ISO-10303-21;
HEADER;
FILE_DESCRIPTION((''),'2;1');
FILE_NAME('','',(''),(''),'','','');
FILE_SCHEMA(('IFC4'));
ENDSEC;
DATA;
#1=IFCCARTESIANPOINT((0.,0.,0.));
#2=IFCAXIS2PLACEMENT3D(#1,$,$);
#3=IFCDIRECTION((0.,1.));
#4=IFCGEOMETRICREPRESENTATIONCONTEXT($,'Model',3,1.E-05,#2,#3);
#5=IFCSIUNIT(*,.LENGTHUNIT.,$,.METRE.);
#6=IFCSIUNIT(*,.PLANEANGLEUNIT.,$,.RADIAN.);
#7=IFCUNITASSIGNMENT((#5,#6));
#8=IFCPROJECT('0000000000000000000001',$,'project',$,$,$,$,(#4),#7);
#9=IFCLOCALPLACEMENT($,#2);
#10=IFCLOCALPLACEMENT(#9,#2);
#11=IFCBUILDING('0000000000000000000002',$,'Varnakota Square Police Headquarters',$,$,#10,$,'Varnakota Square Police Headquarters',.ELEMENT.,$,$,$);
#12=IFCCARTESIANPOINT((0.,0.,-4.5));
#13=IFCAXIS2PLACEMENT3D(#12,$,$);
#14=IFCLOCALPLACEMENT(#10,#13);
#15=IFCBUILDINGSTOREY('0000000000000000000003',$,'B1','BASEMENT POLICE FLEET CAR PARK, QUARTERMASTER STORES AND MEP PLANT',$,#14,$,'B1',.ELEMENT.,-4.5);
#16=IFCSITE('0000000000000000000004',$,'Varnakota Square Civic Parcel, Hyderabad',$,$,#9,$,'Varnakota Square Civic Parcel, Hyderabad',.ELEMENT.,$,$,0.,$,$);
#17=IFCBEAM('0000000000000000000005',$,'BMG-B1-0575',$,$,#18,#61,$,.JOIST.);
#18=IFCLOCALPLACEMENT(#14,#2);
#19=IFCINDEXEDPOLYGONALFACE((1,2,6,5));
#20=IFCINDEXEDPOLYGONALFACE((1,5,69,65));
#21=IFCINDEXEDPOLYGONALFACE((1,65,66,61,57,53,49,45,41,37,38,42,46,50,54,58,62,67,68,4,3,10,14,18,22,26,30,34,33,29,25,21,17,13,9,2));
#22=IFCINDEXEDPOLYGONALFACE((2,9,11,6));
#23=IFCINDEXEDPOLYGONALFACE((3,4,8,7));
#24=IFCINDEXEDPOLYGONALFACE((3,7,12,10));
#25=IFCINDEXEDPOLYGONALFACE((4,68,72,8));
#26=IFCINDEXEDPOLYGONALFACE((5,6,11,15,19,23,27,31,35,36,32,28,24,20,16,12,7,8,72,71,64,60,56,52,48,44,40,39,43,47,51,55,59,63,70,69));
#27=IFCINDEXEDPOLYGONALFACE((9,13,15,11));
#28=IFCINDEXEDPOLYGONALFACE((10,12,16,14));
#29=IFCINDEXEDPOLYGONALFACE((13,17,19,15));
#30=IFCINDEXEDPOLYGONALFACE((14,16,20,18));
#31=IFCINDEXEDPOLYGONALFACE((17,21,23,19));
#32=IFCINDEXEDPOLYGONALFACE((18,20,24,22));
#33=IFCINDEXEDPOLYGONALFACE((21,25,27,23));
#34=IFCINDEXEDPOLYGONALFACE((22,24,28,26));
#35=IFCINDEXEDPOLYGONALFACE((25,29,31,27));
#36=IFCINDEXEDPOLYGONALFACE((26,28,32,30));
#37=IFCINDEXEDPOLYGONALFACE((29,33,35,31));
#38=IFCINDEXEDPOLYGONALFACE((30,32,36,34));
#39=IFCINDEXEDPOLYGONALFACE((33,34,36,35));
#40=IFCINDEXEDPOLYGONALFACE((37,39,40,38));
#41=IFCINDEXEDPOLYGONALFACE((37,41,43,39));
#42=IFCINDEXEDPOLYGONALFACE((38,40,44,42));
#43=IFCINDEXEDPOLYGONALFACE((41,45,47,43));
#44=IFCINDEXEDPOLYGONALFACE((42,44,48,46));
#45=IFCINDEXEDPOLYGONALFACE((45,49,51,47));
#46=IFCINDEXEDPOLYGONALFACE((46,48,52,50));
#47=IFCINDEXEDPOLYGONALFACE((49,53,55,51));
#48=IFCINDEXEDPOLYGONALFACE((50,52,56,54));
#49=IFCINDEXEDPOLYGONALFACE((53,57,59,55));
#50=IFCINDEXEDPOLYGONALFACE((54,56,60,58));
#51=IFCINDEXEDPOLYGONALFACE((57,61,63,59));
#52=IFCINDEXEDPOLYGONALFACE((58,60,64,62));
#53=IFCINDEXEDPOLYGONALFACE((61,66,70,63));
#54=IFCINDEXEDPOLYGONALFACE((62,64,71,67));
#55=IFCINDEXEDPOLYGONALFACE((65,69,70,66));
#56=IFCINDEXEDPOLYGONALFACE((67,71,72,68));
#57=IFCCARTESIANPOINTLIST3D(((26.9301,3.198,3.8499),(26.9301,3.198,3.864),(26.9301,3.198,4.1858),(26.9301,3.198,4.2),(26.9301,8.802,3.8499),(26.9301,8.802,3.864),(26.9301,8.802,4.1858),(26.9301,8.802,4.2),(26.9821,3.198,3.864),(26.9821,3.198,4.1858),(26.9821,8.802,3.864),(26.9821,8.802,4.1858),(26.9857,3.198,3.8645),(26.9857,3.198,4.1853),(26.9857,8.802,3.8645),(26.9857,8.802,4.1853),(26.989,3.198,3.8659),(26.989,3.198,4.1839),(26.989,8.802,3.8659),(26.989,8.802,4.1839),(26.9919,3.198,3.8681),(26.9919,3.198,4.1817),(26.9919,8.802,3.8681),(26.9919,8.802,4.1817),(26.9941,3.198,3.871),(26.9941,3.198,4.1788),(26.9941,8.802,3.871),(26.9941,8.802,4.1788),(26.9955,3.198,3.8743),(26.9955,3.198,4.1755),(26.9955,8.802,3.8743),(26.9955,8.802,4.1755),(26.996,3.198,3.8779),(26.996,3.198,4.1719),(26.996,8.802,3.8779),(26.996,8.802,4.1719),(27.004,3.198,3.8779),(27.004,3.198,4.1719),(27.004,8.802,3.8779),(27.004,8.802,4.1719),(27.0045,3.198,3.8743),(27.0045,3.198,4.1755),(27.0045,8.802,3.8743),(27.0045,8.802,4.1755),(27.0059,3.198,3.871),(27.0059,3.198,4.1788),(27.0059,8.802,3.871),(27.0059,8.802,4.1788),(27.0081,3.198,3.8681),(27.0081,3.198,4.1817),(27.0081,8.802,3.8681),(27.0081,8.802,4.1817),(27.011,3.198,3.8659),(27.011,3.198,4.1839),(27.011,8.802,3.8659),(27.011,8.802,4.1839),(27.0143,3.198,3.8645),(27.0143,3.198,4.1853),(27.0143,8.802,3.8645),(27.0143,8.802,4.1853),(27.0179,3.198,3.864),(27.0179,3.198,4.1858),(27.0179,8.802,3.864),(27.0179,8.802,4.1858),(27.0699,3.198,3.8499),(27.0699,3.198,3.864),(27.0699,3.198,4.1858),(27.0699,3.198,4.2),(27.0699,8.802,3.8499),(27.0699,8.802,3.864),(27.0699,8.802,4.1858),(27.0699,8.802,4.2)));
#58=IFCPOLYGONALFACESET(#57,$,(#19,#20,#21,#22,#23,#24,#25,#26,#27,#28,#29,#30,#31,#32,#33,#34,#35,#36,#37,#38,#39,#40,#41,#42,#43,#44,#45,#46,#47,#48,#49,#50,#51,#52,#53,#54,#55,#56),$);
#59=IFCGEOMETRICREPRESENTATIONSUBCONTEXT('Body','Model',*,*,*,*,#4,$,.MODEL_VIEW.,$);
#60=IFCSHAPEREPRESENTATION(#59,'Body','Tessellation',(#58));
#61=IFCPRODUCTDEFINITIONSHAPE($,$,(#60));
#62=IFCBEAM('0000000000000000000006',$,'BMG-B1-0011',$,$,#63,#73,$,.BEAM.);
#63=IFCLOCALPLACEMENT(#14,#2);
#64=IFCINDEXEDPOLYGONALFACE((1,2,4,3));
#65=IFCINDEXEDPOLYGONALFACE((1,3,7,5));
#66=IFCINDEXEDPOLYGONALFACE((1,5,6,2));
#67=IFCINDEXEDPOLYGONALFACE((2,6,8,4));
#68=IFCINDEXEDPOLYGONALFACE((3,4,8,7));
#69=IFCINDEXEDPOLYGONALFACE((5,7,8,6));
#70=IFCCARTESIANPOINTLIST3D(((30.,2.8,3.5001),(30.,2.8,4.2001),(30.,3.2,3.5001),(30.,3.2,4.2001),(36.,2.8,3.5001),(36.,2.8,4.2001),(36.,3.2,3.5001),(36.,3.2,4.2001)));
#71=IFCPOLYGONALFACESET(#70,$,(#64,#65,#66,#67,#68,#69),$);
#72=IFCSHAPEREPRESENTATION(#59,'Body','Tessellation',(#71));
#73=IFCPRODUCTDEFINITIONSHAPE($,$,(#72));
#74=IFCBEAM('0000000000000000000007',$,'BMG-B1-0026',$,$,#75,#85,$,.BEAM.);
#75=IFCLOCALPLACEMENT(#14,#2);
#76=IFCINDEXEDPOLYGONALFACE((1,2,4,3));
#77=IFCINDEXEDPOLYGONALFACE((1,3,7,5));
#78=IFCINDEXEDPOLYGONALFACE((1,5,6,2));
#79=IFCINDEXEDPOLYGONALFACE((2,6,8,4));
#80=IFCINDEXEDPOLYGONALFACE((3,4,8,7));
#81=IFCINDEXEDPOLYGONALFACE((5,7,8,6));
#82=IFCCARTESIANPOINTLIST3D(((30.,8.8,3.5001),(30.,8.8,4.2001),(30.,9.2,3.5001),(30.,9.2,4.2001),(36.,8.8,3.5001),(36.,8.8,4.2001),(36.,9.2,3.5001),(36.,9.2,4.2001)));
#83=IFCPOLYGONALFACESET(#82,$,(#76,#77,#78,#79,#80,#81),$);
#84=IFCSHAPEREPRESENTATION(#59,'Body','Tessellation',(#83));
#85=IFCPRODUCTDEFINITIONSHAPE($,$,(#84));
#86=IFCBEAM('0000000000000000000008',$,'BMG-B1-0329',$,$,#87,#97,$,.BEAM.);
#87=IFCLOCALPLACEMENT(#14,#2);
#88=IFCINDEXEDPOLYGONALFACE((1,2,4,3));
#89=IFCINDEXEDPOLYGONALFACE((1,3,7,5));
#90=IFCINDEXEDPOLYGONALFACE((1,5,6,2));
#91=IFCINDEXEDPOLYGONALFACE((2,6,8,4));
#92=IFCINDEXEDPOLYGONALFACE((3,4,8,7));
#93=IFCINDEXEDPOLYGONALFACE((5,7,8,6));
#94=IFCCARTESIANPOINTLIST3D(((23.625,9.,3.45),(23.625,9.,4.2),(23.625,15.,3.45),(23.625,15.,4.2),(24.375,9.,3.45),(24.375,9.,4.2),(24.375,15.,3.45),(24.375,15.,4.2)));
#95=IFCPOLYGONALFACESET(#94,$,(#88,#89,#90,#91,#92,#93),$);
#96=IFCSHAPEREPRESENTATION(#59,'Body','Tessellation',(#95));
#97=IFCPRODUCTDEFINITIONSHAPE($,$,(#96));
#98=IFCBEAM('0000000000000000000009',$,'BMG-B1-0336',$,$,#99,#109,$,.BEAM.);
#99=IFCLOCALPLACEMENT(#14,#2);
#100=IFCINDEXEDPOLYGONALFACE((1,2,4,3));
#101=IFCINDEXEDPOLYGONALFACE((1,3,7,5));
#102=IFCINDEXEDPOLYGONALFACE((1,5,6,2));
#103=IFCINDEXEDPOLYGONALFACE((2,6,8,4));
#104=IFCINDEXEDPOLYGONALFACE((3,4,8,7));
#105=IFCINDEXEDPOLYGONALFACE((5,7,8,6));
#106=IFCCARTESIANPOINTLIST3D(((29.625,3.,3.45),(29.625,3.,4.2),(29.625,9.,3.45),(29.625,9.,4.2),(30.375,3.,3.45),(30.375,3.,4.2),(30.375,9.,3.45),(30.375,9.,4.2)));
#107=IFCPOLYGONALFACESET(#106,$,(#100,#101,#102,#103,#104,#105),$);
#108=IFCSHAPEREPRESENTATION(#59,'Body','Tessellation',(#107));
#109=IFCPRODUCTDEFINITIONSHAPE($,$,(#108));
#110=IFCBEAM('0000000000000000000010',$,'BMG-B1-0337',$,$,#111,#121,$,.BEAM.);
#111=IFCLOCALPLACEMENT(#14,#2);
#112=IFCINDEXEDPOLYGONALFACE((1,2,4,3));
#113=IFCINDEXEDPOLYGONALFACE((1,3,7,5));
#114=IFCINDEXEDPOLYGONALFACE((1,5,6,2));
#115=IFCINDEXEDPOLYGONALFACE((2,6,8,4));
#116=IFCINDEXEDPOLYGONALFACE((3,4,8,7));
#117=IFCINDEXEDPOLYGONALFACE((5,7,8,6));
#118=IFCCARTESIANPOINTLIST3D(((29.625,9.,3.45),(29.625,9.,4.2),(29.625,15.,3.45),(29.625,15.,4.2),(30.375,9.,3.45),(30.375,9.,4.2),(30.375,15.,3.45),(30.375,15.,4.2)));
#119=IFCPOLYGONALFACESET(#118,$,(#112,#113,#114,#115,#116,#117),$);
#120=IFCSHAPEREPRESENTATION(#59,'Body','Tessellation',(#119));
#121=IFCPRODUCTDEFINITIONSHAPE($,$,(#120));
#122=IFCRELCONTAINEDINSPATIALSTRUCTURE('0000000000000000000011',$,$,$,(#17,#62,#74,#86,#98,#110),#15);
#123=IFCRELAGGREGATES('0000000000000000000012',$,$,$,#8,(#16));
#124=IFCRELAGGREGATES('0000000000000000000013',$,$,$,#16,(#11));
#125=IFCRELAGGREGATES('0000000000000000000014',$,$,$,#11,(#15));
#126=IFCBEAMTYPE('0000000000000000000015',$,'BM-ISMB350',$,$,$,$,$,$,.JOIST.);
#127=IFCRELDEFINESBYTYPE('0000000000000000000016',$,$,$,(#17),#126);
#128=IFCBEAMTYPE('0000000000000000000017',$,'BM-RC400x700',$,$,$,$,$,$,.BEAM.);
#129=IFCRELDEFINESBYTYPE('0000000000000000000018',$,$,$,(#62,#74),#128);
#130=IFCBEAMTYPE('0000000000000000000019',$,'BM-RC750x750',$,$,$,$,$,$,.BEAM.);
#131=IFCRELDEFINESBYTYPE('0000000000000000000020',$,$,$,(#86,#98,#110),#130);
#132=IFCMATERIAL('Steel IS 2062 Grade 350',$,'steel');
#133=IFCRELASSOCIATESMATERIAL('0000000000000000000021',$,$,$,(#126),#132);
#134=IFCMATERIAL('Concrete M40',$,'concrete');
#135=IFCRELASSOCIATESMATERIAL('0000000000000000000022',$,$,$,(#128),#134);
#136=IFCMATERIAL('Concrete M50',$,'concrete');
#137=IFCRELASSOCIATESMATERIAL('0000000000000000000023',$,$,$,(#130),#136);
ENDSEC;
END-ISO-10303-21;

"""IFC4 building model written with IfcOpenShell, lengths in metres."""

from ifc_helpers import new_model, si_unit, direction, frame, origin, origin_2d, place, context, subcontext, project, spatial, rectangle, i_section, extrude, material, material_profile, profile_set, type_object, element, save


model = new_model("IFC4")

# Units and contexts
model_context = context("Model", 3, precision=1e-05, world=origin(), true_north=direction((0.0, 1.0)))
body_context = subcontext(model_context, "Body", "Model", "MODEL_VIEW")
ifc_project = project(units=[si_unit("LENGTHUNIT", "METRE"), si_unit("PLANEANGLEUNIT", "RADIAN")], contexts=[model_context])

# Site, building, storey
site_placement = place(None, origin())
site = spatial("IfcSite", under=ifc_project, at=site_placement, Name="Varnakota Square Civic Parcel, Hyderabad", LongName="Varnakota Square Civic Parcel, Hyderabad", CompositionType="ELEMENT", RefElevation=0.0)
building_placement = place(site_placement, origin())
building = spatial("IfcBuilding", under=site, at=building_placement, Name="Varnakota Square Police Headquarters", LongName="Varnakota Square Police Headquarters", CompositionType="ELEMENT")
storey_placement = place(building_placement, frame((0.0, 0.0, -4.5)))
storey = spatial("IfcBuildingStorey", under=building, at=storey_placement, Name="B1", Description="BASEMENT POLICE FLEET CAR PARK, QUARTERMASTER STORES AND MEP PLANT", LongName="B1", CompositionType="ELEMENT", Elevation=-4.5)

# Shared definitions
ifc_material_1 = material(Name="Concrete M40", Category="concrete")

# Beams
ifc_material_2 = material(Name="Steel IS 2062 Grade 350", Category="steel")
ifc_material_profile_1 = material_profile(ifc_material_2, i_section(OverallWidth=0.1399, OverallDepth=0.3501, WebThickness=0.0081, FlangeThickness=0.0142, FilletRadius=0.0139, at=origin_2d()), Name="ISMB 350")
ifc_profile_set_1 = profile_set([ifc_material_profile_1], Name="Steel IS 2062 Grade 350")
beam_type_1 = type_object("IfcBeamType", Name="BM-ISMB350", PredefinedType="JOIST", material=ifc_profile_set_1)
beam_1_placement = place(storey_placement, frame((27.0, 3.198, 4.0249), z_axis=(0.0, 1.0, 0.0), x_axis=(-1.0, 0.0, 0.0)))
element("IfcBeam", 1, at=beam_1_placement, inside=storey, type_object=beam_type_1, Name="BMG-B1-0575", PredefinedType="JOIST", context=body_context, shape_type="SweptSolid", body=[
    extrude(i_section(OverallWidth=0.1399, OverallDepth=0.3501, WebThickness=0.0081, FlangeThickness=0.0142, FilletRadius=0.0139, at=origin_2d()), origin(), (0.0, 0.0, 1.0), 5.604),
])
ifc_material_profile_2 = material_profile(ifc_material_1, rectangle(XDim=0.3999, YDim=0.7, at=origin_2d()), Name="RC 400x700")
ifc_profile_set_2 = profile_set([ifc_material_profile_2], Name="Concrete M40")
beam_type_2 = type_object("IfcBeamType", Name="BM-RC400x700", PredefinedType="BEAM", material=ifc_profile_set_2)
for number, where, z_axis, x_axis, name in (
    (2, (30.0, 3.0, 3.8501), (1.0, 0.0, 0.0), (0.0, 1.0, 0.0), "BMG-B1-0011"),
    (3, (30.0, 9.0, 3.8501), (1.0, 0.0, 0.0), (0.0, 1.0, 0.0), "BMG-B1-0026"),
):
    element("IfcBeam", number, at=place(storey_placement, frame(where, z_axis=z_axis, x_axis=x_axis)), inside=storey, type_object=beam_type_2, Name=name, PredefinedType="BEAM", context=body_context, shape_type="SweptSolid", body=[
        extrude(rectangle(XDim=0.3999, YDim=0.7, at=origin_2d()), origin(), (0.0, 0.0, 1.0), 6.0),
    ])
ifc_material_3 = material(Name="Concrete M50", Category="concrete")
ifc_material_profile_3 = material_profile(ifc_material_3, rectangle(XDim=0.75, YDim=0.75, at=origin_2d()), Name="RC 750x750")
ifc_profile_set_3 = profile_set([ifc_material_profile_3], Name="Concrete M50")
beam_type_3 = type_object("IfcBeamType", Name="BM-RC750x750", PredefinedType="BEAM", material=ifc_profile_set_3)
for number, where, z_axis, x_axis, name in (
    (4, (24.0, 9.0, 3.825), (0.0, 1.0, 0.0), (-1.0, 0.0, 0.0), "BMG-B1-0329"),
    (5, (30.0, 3.0, 3.825), (0.0, 1.0, 0.0), (-1.0, 0.0, 0.0), "BMG-B1-0336"),
    (6, (30.0, 9.0, 3.825), (0.0, 1.0, 0.0), (-1.0, 0.0, 0.0), "BMG-B1-0337"),
):
    element("IfcBeam", number, at=place(storey_placement, frame(where, z_axis=z_axis, x_axis=x_axis)), inside=storey, type_object=beam_type_3, Name=name, PredefinedType="BEAM", context=body_context, shape_type="SweptSolid", body=[
        extrude(rectangle(XDim=0.75, YDim=0.75, at=origin_2d()), origin(), (0.0, 0.0, 1.0), 6.0),
    ])

save(model, "model.ifc")
